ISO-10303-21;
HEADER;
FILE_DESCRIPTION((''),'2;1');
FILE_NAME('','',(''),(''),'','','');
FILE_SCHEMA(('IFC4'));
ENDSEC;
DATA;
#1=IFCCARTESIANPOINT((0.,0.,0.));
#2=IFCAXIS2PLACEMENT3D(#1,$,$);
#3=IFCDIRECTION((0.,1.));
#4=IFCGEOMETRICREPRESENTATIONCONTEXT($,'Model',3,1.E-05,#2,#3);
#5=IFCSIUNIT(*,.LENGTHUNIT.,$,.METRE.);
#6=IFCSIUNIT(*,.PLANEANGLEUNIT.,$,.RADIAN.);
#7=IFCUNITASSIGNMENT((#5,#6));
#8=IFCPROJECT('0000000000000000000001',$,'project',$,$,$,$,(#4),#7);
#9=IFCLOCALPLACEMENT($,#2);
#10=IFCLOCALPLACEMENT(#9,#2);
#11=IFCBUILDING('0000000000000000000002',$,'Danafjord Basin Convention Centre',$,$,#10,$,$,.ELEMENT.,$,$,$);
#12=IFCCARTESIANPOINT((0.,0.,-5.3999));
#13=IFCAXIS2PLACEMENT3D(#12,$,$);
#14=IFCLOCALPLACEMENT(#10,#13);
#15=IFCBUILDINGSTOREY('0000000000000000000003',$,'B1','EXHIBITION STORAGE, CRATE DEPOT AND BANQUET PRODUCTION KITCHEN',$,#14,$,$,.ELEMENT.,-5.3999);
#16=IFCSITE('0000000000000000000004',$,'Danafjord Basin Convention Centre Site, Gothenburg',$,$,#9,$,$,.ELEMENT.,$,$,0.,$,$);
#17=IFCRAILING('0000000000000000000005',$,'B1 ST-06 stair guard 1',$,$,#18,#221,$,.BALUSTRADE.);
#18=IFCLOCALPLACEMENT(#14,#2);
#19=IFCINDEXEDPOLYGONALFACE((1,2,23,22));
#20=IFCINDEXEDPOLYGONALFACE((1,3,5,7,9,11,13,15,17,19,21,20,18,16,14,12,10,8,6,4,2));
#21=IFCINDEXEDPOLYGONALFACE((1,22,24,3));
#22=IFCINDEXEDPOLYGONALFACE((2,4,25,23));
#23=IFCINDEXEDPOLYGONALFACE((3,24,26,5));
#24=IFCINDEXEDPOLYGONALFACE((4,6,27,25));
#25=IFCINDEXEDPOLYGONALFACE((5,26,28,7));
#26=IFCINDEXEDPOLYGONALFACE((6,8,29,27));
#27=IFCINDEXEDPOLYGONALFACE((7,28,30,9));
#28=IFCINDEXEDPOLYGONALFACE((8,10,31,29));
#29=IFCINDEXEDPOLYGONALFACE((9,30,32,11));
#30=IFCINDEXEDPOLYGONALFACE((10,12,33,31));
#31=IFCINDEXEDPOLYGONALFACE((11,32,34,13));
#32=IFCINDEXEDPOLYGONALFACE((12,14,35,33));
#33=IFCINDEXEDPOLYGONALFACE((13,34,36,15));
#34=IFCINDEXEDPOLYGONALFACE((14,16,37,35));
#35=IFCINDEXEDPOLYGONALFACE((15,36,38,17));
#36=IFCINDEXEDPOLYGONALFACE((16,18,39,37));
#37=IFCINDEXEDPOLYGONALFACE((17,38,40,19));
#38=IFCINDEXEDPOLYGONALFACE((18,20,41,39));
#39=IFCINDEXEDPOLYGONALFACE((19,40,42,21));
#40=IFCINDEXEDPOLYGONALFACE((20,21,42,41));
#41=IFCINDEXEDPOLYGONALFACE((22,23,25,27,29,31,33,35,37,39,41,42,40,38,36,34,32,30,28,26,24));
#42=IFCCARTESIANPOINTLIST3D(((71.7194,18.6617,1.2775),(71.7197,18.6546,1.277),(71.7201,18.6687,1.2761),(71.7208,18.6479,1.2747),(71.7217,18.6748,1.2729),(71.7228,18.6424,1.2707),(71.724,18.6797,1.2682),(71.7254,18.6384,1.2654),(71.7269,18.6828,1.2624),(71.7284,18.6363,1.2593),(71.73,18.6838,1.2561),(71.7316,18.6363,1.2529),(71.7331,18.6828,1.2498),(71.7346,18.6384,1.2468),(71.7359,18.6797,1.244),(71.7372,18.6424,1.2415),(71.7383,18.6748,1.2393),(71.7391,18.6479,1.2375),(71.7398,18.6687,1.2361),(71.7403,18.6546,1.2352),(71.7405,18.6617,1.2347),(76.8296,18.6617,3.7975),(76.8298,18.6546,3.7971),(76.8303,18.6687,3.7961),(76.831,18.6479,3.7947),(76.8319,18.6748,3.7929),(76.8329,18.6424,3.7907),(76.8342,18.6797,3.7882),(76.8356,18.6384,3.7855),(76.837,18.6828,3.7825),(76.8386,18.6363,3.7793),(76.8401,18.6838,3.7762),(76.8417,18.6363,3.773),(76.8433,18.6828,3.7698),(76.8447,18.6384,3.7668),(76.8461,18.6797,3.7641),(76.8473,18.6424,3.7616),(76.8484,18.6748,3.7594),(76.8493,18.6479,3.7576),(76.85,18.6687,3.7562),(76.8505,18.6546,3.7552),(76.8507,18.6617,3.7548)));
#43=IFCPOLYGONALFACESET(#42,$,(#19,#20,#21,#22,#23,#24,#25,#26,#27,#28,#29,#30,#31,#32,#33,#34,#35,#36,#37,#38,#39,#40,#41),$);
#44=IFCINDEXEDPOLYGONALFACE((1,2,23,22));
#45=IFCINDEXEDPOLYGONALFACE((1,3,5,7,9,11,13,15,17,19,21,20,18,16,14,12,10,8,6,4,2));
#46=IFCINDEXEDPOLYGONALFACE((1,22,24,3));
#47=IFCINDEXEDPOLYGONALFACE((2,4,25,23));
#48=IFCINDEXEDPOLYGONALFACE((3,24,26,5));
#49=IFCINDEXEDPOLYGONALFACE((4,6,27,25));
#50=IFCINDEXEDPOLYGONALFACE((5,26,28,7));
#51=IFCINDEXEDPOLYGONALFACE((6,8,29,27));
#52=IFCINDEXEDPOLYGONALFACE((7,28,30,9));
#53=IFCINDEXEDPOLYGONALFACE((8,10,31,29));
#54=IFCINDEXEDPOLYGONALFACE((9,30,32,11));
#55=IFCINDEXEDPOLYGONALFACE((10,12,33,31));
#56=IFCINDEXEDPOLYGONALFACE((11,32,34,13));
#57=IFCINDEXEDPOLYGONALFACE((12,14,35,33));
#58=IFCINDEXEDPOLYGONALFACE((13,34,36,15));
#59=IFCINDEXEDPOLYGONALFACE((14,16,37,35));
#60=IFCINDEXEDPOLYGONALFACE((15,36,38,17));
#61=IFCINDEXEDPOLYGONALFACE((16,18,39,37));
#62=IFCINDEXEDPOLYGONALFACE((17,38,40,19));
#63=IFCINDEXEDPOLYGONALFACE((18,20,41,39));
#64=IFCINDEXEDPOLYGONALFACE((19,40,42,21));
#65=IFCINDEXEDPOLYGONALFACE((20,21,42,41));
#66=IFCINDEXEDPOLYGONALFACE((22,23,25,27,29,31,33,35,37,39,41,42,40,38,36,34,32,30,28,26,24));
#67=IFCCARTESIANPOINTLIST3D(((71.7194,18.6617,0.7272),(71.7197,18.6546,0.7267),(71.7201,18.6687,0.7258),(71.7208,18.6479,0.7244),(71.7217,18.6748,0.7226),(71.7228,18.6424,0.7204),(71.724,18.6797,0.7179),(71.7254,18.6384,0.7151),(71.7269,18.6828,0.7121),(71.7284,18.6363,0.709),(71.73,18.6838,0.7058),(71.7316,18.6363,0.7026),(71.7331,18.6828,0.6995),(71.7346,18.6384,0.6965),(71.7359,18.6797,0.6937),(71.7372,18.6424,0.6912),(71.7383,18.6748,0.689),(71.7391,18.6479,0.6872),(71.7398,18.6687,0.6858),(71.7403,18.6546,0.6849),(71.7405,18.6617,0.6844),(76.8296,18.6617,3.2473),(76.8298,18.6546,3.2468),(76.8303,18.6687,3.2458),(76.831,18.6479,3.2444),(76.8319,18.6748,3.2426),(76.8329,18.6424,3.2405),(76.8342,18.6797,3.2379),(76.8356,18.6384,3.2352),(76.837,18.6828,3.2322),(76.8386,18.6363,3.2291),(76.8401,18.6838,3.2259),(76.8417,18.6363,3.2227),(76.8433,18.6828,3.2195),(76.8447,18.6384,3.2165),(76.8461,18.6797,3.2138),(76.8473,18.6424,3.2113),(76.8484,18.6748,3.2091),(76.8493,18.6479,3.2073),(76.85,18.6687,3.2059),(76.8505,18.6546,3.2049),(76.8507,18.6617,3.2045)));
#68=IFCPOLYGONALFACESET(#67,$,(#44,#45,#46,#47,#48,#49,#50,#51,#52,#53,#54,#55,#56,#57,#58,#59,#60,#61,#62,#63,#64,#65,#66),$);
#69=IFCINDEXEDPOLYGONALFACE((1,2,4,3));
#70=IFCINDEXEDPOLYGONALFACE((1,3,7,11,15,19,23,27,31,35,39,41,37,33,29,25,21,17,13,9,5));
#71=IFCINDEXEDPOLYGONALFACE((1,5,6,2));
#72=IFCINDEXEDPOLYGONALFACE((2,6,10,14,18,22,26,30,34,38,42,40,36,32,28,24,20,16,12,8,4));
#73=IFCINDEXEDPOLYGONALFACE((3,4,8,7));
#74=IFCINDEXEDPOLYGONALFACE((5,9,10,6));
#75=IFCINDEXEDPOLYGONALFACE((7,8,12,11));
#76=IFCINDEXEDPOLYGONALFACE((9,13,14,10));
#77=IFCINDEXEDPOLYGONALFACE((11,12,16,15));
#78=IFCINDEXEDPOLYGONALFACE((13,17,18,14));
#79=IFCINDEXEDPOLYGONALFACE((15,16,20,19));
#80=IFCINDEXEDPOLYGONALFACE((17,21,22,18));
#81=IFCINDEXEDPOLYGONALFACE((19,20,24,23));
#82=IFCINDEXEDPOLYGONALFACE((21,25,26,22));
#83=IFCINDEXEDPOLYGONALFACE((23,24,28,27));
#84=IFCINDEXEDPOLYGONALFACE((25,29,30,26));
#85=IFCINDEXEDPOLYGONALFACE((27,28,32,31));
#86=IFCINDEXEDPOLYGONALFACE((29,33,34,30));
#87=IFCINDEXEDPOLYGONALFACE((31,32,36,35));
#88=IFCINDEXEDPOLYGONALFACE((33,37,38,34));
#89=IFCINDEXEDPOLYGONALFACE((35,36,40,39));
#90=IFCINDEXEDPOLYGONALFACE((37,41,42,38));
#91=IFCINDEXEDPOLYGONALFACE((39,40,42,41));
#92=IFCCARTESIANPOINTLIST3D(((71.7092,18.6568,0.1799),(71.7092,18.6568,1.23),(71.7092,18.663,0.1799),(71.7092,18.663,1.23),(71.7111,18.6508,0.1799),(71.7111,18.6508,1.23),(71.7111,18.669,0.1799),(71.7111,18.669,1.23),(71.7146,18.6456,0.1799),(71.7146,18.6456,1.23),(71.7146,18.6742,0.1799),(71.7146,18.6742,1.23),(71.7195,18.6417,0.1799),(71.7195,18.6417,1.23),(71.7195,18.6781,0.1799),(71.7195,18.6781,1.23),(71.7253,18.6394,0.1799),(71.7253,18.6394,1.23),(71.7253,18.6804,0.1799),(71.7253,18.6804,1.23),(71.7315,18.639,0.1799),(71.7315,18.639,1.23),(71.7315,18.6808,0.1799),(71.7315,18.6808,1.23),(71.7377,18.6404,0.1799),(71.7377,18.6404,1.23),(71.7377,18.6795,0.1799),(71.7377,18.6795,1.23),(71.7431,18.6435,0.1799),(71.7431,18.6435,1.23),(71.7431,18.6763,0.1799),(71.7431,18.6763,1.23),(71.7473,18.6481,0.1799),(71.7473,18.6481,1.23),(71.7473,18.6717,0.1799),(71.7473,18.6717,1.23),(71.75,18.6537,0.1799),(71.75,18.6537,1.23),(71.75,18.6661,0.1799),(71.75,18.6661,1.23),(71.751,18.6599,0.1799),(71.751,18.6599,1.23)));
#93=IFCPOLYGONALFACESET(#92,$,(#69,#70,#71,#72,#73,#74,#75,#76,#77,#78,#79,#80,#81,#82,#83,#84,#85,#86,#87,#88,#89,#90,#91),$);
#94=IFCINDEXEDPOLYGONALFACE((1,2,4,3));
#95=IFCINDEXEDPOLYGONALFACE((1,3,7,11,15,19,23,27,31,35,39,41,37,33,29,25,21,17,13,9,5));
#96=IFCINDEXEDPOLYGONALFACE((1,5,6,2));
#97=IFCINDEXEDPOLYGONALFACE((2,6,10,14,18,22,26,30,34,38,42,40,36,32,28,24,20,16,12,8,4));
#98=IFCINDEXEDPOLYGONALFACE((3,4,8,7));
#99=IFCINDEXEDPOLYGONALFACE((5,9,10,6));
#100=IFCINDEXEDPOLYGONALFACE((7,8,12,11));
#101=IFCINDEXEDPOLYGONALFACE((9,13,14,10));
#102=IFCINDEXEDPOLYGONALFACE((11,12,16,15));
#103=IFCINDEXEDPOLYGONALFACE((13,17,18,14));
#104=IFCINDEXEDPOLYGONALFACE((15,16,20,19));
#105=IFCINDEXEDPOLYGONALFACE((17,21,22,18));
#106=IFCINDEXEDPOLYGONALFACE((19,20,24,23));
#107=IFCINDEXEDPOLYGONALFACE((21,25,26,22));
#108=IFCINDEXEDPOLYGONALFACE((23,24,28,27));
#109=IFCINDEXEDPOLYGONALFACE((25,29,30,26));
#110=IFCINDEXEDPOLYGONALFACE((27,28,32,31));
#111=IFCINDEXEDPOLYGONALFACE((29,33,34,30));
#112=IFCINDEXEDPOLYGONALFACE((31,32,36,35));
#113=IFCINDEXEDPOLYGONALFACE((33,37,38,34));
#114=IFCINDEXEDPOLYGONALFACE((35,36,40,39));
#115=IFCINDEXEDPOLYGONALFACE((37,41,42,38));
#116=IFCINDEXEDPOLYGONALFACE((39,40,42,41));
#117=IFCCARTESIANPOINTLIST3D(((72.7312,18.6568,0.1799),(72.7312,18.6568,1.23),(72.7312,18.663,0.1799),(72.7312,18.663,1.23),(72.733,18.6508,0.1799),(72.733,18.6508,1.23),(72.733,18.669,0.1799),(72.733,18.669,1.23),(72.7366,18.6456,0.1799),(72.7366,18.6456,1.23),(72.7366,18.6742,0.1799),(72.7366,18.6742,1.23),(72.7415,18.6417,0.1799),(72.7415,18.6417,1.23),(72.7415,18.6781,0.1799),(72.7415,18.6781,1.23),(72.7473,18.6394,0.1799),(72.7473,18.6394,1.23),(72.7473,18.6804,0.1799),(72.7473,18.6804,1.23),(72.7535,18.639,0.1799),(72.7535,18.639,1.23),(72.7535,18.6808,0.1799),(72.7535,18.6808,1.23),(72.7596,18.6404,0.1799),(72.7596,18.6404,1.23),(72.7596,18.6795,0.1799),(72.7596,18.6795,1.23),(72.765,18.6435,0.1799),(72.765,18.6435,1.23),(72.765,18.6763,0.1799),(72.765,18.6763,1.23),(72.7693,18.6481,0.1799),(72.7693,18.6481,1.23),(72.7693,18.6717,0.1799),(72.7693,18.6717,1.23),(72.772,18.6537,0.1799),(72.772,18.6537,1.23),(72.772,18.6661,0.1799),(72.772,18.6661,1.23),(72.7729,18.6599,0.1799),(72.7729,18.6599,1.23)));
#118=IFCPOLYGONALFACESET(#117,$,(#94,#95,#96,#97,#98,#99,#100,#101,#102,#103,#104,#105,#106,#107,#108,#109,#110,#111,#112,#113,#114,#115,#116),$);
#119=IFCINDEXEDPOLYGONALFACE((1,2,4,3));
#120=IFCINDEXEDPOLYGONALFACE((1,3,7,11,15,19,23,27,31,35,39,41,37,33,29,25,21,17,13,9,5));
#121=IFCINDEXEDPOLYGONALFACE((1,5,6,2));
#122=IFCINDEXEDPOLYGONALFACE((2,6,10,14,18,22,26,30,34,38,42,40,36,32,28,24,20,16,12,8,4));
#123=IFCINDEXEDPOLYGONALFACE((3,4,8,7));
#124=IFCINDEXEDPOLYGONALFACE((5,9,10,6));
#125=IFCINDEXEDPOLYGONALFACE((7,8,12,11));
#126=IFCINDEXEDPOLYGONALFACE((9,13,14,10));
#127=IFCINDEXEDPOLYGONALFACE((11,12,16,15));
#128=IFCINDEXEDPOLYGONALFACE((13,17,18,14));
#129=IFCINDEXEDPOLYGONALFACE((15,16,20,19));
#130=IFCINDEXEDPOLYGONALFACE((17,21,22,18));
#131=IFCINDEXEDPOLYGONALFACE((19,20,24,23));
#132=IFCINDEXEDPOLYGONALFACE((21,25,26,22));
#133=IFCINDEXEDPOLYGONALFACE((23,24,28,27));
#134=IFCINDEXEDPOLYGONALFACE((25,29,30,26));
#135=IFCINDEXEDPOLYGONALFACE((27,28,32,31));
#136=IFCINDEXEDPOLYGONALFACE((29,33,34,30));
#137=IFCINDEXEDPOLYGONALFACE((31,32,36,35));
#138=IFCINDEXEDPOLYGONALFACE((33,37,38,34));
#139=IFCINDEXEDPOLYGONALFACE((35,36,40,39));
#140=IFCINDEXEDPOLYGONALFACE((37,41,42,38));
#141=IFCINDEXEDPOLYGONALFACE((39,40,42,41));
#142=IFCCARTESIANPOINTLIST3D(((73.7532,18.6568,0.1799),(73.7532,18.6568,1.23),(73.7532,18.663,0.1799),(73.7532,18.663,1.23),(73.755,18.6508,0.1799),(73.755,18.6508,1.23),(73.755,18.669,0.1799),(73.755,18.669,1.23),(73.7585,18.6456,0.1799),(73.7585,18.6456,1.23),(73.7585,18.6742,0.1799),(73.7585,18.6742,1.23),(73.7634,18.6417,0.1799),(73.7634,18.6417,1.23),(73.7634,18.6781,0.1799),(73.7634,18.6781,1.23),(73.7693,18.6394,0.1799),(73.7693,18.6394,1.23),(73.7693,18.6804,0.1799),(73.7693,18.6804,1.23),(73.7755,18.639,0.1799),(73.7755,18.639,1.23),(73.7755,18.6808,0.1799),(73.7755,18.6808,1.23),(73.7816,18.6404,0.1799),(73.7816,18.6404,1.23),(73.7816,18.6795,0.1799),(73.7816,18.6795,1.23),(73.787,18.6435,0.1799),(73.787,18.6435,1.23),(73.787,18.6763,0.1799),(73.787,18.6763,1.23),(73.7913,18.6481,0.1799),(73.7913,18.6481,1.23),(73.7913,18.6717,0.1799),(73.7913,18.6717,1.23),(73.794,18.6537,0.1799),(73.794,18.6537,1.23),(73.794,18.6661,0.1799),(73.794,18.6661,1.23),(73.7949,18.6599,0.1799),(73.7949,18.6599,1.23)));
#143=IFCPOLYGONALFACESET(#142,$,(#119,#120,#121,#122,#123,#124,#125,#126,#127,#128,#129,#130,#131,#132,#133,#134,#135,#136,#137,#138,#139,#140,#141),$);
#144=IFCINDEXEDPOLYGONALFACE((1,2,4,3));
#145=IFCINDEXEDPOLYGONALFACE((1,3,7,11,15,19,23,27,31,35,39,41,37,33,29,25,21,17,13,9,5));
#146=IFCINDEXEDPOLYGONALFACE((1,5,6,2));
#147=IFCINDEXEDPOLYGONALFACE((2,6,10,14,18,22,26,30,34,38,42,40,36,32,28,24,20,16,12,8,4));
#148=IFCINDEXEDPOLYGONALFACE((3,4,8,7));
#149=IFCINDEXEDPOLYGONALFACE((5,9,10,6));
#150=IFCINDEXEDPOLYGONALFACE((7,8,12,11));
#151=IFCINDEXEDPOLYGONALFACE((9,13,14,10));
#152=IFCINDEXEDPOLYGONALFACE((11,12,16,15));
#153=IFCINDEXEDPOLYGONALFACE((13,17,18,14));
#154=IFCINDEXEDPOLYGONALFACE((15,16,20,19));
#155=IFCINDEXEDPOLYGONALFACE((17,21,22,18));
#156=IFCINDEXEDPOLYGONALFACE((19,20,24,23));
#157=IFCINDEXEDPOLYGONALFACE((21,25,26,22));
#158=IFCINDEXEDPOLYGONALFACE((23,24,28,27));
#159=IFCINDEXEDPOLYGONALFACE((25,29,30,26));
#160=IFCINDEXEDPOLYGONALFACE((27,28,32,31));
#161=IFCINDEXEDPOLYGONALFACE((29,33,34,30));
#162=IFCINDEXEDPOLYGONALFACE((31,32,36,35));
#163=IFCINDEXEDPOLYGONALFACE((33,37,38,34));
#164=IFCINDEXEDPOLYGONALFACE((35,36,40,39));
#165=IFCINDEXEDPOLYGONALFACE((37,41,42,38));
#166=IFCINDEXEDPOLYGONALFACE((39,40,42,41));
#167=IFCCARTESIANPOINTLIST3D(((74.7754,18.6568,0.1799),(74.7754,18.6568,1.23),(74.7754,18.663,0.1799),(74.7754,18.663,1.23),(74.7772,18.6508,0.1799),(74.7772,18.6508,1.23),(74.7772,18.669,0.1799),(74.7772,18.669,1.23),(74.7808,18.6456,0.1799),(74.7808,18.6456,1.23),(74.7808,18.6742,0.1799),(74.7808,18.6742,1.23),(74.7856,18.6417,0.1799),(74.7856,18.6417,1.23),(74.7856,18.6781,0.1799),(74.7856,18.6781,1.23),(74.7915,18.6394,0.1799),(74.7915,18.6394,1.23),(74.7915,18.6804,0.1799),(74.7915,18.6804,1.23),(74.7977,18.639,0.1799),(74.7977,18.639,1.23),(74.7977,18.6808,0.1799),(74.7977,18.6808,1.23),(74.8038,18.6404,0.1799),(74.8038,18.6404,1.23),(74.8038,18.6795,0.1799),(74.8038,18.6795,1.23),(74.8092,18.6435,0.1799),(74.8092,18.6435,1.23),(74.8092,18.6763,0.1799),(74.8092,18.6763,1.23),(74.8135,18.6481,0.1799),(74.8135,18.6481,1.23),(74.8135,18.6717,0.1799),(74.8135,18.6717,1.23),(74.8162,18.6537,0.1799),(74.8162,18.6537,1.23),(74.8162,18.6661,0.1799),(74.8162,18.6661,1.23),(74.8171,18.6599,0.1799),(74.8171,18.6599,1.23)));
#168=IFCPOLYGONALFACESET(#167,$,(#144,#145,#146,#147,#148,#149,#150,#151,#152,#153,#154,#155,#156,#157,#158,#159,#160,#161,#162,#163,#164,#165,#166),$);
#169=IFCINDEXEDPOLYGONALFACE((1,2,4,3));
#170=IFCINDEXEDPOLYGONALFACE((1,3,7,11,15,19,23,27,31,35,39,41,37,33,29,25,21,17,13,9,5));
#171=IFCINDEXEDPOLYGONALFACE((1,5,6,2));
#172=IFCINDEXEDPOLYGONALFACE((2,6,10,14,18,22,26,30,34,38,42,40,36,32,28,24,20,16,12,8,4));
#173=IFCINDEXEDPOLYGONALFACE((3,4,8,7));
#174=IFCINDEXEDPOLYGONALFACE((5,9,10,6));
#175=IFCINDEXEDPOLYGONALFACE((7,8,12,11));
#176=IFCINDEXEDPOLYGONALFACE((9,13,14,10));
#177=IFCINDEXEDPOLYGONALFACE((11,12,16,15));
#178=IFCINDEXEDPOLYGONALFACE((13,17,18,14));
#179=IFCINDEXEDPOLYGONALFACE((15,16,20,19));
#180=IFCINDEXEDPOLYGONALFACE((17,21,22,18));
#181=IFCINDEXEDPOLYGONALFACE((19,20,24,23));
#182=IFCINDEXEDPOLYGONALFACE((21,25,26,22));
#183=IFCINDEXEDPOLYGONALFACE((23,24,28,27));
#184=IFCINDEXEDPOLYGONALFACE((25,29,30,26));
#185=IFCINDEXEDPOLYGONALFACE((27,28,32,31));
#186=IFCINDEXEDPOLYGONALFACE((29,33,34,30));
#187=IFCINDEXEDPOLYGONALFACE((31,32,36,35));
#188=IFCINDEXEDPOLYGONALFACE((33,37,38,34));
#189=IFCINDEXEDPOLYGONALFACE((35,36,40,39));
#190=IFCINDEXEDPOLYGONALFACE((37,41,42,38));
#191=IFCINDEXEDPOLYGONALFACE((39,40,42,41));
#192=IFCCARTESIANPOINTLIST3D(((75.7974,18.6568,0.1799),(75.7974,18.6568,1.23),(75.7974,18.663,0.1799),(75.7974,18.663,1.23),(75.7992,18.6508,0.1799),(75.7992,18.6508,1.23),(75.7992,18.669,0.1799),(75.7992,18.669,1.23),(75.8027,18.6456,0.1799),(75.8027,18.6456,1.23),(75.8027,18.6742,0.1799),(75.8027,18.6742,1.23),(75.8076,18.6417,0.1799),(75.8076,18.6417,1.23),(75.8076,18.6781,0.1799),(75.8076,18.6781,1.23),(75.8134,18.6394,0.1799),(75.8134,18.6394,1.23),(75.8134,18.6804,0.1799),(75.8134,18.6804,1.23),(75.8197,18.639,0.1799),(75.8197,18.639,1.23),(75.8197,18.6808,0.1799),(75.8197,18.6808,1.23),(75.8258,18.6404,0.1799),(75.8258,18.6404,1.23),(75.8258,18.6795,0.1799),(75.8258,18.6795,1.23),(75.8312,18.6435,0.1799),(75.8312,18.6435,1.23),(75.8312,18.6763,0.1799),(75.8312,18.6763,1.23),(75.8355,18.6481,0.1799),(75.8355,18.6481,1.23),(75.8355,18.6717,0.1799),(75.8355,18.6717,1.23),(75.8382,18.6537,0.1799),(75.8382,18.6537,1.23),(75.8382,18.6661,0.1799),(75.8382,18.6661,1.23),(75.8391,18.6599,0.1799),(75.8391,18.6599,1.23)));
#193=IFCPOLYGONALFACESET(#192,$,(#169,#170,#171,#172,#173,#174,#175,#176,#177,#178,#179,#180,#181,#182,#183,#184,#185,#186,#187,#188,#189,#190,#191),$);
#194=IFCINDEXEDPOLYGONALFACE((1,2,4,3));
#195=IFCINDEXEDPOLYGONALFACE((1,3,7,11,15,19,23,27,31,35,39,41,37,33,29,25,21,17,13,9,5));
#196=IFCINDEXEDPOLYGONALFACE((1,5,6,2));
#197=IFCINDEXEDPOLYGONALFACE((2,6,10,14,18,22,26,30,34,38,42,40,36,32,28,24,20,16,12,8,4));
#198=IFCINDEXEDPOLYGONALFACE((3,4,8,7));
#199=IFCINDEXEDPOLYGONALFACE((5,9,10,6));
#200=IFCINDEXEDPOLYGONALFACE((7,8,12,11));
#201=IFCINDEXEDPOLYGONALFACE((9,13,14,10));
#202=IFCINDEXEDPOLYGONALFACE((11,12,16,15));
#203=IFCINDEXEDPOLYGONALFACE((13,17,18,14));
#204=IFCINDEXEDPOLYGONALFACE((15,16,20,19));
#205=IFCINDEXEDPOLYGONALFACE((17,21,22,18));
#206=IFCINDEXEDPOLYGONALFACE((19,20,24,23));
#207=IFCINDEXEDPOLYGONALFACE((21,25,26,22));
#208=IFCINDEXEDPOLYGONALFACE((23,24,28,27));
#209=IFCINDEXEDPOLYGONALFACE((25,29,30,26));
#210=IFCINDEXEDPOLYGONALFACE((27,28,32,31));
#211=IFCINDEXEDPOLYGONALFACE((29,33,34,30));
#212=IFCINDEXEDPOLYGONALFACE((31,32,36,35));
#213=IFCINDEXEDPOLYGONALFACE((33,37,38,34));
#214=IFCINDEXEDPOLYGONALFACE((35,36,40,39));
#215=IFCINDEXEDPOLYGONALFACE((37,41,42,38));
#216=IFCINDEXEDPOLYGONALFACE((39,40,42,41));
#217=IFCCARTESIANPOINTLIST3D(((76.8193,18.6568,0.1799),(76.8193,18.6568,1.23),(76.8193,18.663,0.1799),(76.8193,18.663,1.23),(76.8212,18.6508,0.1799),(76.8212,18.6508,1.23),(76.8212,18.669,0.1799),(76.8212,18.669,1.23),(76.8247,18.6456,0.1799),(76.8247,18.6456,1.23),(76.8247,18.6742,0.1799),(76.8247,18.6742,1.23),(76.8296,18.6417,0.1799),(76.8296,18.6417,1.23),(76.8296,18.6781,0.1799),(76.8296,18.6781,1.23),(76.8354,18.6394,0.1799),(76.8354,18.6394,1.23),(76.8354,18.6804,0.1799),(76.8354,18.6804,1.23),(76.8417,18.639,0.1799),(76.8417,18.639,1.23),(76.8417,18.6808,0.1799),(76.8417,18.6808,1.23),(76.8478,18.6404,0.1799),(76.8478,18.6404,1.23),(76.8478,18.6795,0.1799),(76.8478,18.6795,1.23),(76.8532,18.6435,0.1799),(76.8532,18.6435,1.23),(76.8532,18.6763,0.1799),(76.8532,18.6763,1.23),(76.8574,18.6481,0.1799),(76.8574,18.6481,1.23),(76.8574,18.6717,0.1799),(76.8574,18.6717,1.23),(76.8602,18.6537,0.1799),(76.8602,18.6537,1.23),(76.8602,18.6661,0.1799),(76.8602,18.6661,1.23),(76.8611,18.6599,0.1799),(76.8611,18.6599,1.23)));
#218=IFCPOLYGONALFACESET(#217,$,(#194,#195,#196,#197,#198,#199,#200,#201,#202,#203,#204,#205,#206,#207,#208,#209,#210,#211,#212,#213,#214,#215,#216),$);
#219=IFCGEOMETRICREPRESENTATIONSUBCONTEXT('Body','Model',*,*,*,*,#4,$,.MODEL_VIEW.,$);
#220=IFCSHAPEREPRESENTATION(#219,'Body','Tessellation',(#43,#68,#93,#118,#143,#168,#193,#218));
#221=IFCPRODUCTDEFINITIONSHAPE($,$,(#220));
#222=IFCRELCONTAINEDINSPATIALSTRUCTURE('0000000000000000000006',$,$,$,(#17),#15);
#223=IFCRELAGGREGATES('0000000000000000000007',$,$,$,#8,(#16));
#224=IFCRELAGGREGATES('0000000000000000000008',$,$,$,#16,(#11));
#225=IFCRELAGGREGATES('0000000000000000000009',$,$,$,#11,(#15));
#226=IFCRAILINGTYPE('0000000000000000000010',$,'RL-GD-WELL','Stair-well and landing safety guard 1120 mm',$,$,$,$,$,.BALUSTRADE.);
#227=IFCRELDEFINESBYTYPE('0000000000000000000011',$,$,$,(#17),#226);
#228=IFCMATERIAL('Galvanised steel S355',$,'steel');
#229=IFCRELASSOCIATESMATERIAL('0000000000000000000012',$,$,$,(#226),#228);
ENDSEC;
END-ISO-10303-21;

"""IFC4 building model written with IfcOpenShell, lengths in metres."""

from ifc_helpers import new_model, si_unit, direction, frame, origin, origin_2d, place, context, subcontext, project, spatial, circle, extrude, material, type_object, element, save


model = new_model("IFC4")

# Units and contexts
model_context = context("Model", 3, precision=1e-05, world=origin(), true_north=direction((0.0, 1.0)))
body_context = subcontext(model_context, "Body", "Model", "MODEL_VIEW")
ifc_project = project(units=[si_unit("LENGTHUNIT", "METRE"), si_unit("PLANEANGLEUNIT", "RADIAN")], contexts=[model_context])

# Site, building, storey
site_placement = place(None, origin())
site = spatial("IfcSite", under=ifc_project, at=site_placement, Name="Danafjord Basin Convention Centre Site, Gothenburg", CompositionType="ELEMENT", RefElevation=0.0)
building_placement = place(site_placement, origin())
building = spatial("IfcBuilding", under=site, at=building_placement, Name="Danafjord Basin Convention Centre", CompositionType="ELEMENT")
storey_placement = place(building_placement, frame((0.0, 0.0, -5.3999)))
storey = spatial("IfcBuildingStorey", under=building, at=storey_placement, Name="B1", Description="EXHIBITION STORAGE, CRATE DEPOT AND BANQUET PRODUCTION KITCHEN", CompositionType="ELEMENT", Elevation=-5.3999)

# Railing
ifc_material_1 = material(Name="Galvanised steel S355", Category="steel")
railing_type_1 = type_object("IfcRailingType", Name="RL-GD-WELL", Description="Stair-well and landing safety guard 1120 mm", PredefinedType="BALUSTRADE", material=ifc_material_1)
railing_1_placement = place(storey_placement, frame((71.73, 18.6599, 0.1799)))
element("IfcRailing", 1, at=railing_1_placement, inside=storey, type_object=railing_type_1, Name="B1 ST-06 stair guard 1", PredefinedType="BALUSTRADE", context=body_context, shape_type="SweptSolid", body=[
    extrude(circle(Radius=0.0239, at=origin_2d()), frame((0.0, 0.0, 1.0762), z_axis=(0.896873, 0.0, 0.442288), x_axis=(0.0, 1.0, 0.0)), (0.0, 0.0, 1.0), 5.6978),
    extrude(circle(Radius=0.0239, at=origin_2d()), frame((0.0, 0.0, 0.5259), z_axis=(0.896873, 0.0, 0.442288), x_axis=(0.0, 1.0, 0.0)), (0.0, 0.0, 1.0), 5.6978),
    extrude(circle(Radius=0.021, at=origin_2d()), origin(), (0.0, 0.0, 1.0), 1.05),
    extrude(circle(Radius=0.021, at=origin_2d()), frame((1.022, 0.0, 0.0)), (0.0, 0.0, 1.0), 1.05),
    extrude(circle(Radius=0.021, at=origin_2d()), frame((2.0439, 0.0, 0.0)), (0.0, 0.0, 1.0), 1.05),
    extrude(circle(Radius=0.021, at=origin_2d()), frame((3.0662, 0.0, 0.0)), (0.0, 0.0, 1.0), 1.05),
    extrude(circle(Radius=0.021, at=origin_2d()), frame((4.0881, 0.0, 0.0)), (0.0, 0.0, 1.0), 1.05),
    extrude(circle(Radius=0.021, at=origin_2d()), frame((5.1101, 0.0, 0.0)), (0.0, 0.0, 1.0), 1.05),
])

save(model, "model.ifc")
